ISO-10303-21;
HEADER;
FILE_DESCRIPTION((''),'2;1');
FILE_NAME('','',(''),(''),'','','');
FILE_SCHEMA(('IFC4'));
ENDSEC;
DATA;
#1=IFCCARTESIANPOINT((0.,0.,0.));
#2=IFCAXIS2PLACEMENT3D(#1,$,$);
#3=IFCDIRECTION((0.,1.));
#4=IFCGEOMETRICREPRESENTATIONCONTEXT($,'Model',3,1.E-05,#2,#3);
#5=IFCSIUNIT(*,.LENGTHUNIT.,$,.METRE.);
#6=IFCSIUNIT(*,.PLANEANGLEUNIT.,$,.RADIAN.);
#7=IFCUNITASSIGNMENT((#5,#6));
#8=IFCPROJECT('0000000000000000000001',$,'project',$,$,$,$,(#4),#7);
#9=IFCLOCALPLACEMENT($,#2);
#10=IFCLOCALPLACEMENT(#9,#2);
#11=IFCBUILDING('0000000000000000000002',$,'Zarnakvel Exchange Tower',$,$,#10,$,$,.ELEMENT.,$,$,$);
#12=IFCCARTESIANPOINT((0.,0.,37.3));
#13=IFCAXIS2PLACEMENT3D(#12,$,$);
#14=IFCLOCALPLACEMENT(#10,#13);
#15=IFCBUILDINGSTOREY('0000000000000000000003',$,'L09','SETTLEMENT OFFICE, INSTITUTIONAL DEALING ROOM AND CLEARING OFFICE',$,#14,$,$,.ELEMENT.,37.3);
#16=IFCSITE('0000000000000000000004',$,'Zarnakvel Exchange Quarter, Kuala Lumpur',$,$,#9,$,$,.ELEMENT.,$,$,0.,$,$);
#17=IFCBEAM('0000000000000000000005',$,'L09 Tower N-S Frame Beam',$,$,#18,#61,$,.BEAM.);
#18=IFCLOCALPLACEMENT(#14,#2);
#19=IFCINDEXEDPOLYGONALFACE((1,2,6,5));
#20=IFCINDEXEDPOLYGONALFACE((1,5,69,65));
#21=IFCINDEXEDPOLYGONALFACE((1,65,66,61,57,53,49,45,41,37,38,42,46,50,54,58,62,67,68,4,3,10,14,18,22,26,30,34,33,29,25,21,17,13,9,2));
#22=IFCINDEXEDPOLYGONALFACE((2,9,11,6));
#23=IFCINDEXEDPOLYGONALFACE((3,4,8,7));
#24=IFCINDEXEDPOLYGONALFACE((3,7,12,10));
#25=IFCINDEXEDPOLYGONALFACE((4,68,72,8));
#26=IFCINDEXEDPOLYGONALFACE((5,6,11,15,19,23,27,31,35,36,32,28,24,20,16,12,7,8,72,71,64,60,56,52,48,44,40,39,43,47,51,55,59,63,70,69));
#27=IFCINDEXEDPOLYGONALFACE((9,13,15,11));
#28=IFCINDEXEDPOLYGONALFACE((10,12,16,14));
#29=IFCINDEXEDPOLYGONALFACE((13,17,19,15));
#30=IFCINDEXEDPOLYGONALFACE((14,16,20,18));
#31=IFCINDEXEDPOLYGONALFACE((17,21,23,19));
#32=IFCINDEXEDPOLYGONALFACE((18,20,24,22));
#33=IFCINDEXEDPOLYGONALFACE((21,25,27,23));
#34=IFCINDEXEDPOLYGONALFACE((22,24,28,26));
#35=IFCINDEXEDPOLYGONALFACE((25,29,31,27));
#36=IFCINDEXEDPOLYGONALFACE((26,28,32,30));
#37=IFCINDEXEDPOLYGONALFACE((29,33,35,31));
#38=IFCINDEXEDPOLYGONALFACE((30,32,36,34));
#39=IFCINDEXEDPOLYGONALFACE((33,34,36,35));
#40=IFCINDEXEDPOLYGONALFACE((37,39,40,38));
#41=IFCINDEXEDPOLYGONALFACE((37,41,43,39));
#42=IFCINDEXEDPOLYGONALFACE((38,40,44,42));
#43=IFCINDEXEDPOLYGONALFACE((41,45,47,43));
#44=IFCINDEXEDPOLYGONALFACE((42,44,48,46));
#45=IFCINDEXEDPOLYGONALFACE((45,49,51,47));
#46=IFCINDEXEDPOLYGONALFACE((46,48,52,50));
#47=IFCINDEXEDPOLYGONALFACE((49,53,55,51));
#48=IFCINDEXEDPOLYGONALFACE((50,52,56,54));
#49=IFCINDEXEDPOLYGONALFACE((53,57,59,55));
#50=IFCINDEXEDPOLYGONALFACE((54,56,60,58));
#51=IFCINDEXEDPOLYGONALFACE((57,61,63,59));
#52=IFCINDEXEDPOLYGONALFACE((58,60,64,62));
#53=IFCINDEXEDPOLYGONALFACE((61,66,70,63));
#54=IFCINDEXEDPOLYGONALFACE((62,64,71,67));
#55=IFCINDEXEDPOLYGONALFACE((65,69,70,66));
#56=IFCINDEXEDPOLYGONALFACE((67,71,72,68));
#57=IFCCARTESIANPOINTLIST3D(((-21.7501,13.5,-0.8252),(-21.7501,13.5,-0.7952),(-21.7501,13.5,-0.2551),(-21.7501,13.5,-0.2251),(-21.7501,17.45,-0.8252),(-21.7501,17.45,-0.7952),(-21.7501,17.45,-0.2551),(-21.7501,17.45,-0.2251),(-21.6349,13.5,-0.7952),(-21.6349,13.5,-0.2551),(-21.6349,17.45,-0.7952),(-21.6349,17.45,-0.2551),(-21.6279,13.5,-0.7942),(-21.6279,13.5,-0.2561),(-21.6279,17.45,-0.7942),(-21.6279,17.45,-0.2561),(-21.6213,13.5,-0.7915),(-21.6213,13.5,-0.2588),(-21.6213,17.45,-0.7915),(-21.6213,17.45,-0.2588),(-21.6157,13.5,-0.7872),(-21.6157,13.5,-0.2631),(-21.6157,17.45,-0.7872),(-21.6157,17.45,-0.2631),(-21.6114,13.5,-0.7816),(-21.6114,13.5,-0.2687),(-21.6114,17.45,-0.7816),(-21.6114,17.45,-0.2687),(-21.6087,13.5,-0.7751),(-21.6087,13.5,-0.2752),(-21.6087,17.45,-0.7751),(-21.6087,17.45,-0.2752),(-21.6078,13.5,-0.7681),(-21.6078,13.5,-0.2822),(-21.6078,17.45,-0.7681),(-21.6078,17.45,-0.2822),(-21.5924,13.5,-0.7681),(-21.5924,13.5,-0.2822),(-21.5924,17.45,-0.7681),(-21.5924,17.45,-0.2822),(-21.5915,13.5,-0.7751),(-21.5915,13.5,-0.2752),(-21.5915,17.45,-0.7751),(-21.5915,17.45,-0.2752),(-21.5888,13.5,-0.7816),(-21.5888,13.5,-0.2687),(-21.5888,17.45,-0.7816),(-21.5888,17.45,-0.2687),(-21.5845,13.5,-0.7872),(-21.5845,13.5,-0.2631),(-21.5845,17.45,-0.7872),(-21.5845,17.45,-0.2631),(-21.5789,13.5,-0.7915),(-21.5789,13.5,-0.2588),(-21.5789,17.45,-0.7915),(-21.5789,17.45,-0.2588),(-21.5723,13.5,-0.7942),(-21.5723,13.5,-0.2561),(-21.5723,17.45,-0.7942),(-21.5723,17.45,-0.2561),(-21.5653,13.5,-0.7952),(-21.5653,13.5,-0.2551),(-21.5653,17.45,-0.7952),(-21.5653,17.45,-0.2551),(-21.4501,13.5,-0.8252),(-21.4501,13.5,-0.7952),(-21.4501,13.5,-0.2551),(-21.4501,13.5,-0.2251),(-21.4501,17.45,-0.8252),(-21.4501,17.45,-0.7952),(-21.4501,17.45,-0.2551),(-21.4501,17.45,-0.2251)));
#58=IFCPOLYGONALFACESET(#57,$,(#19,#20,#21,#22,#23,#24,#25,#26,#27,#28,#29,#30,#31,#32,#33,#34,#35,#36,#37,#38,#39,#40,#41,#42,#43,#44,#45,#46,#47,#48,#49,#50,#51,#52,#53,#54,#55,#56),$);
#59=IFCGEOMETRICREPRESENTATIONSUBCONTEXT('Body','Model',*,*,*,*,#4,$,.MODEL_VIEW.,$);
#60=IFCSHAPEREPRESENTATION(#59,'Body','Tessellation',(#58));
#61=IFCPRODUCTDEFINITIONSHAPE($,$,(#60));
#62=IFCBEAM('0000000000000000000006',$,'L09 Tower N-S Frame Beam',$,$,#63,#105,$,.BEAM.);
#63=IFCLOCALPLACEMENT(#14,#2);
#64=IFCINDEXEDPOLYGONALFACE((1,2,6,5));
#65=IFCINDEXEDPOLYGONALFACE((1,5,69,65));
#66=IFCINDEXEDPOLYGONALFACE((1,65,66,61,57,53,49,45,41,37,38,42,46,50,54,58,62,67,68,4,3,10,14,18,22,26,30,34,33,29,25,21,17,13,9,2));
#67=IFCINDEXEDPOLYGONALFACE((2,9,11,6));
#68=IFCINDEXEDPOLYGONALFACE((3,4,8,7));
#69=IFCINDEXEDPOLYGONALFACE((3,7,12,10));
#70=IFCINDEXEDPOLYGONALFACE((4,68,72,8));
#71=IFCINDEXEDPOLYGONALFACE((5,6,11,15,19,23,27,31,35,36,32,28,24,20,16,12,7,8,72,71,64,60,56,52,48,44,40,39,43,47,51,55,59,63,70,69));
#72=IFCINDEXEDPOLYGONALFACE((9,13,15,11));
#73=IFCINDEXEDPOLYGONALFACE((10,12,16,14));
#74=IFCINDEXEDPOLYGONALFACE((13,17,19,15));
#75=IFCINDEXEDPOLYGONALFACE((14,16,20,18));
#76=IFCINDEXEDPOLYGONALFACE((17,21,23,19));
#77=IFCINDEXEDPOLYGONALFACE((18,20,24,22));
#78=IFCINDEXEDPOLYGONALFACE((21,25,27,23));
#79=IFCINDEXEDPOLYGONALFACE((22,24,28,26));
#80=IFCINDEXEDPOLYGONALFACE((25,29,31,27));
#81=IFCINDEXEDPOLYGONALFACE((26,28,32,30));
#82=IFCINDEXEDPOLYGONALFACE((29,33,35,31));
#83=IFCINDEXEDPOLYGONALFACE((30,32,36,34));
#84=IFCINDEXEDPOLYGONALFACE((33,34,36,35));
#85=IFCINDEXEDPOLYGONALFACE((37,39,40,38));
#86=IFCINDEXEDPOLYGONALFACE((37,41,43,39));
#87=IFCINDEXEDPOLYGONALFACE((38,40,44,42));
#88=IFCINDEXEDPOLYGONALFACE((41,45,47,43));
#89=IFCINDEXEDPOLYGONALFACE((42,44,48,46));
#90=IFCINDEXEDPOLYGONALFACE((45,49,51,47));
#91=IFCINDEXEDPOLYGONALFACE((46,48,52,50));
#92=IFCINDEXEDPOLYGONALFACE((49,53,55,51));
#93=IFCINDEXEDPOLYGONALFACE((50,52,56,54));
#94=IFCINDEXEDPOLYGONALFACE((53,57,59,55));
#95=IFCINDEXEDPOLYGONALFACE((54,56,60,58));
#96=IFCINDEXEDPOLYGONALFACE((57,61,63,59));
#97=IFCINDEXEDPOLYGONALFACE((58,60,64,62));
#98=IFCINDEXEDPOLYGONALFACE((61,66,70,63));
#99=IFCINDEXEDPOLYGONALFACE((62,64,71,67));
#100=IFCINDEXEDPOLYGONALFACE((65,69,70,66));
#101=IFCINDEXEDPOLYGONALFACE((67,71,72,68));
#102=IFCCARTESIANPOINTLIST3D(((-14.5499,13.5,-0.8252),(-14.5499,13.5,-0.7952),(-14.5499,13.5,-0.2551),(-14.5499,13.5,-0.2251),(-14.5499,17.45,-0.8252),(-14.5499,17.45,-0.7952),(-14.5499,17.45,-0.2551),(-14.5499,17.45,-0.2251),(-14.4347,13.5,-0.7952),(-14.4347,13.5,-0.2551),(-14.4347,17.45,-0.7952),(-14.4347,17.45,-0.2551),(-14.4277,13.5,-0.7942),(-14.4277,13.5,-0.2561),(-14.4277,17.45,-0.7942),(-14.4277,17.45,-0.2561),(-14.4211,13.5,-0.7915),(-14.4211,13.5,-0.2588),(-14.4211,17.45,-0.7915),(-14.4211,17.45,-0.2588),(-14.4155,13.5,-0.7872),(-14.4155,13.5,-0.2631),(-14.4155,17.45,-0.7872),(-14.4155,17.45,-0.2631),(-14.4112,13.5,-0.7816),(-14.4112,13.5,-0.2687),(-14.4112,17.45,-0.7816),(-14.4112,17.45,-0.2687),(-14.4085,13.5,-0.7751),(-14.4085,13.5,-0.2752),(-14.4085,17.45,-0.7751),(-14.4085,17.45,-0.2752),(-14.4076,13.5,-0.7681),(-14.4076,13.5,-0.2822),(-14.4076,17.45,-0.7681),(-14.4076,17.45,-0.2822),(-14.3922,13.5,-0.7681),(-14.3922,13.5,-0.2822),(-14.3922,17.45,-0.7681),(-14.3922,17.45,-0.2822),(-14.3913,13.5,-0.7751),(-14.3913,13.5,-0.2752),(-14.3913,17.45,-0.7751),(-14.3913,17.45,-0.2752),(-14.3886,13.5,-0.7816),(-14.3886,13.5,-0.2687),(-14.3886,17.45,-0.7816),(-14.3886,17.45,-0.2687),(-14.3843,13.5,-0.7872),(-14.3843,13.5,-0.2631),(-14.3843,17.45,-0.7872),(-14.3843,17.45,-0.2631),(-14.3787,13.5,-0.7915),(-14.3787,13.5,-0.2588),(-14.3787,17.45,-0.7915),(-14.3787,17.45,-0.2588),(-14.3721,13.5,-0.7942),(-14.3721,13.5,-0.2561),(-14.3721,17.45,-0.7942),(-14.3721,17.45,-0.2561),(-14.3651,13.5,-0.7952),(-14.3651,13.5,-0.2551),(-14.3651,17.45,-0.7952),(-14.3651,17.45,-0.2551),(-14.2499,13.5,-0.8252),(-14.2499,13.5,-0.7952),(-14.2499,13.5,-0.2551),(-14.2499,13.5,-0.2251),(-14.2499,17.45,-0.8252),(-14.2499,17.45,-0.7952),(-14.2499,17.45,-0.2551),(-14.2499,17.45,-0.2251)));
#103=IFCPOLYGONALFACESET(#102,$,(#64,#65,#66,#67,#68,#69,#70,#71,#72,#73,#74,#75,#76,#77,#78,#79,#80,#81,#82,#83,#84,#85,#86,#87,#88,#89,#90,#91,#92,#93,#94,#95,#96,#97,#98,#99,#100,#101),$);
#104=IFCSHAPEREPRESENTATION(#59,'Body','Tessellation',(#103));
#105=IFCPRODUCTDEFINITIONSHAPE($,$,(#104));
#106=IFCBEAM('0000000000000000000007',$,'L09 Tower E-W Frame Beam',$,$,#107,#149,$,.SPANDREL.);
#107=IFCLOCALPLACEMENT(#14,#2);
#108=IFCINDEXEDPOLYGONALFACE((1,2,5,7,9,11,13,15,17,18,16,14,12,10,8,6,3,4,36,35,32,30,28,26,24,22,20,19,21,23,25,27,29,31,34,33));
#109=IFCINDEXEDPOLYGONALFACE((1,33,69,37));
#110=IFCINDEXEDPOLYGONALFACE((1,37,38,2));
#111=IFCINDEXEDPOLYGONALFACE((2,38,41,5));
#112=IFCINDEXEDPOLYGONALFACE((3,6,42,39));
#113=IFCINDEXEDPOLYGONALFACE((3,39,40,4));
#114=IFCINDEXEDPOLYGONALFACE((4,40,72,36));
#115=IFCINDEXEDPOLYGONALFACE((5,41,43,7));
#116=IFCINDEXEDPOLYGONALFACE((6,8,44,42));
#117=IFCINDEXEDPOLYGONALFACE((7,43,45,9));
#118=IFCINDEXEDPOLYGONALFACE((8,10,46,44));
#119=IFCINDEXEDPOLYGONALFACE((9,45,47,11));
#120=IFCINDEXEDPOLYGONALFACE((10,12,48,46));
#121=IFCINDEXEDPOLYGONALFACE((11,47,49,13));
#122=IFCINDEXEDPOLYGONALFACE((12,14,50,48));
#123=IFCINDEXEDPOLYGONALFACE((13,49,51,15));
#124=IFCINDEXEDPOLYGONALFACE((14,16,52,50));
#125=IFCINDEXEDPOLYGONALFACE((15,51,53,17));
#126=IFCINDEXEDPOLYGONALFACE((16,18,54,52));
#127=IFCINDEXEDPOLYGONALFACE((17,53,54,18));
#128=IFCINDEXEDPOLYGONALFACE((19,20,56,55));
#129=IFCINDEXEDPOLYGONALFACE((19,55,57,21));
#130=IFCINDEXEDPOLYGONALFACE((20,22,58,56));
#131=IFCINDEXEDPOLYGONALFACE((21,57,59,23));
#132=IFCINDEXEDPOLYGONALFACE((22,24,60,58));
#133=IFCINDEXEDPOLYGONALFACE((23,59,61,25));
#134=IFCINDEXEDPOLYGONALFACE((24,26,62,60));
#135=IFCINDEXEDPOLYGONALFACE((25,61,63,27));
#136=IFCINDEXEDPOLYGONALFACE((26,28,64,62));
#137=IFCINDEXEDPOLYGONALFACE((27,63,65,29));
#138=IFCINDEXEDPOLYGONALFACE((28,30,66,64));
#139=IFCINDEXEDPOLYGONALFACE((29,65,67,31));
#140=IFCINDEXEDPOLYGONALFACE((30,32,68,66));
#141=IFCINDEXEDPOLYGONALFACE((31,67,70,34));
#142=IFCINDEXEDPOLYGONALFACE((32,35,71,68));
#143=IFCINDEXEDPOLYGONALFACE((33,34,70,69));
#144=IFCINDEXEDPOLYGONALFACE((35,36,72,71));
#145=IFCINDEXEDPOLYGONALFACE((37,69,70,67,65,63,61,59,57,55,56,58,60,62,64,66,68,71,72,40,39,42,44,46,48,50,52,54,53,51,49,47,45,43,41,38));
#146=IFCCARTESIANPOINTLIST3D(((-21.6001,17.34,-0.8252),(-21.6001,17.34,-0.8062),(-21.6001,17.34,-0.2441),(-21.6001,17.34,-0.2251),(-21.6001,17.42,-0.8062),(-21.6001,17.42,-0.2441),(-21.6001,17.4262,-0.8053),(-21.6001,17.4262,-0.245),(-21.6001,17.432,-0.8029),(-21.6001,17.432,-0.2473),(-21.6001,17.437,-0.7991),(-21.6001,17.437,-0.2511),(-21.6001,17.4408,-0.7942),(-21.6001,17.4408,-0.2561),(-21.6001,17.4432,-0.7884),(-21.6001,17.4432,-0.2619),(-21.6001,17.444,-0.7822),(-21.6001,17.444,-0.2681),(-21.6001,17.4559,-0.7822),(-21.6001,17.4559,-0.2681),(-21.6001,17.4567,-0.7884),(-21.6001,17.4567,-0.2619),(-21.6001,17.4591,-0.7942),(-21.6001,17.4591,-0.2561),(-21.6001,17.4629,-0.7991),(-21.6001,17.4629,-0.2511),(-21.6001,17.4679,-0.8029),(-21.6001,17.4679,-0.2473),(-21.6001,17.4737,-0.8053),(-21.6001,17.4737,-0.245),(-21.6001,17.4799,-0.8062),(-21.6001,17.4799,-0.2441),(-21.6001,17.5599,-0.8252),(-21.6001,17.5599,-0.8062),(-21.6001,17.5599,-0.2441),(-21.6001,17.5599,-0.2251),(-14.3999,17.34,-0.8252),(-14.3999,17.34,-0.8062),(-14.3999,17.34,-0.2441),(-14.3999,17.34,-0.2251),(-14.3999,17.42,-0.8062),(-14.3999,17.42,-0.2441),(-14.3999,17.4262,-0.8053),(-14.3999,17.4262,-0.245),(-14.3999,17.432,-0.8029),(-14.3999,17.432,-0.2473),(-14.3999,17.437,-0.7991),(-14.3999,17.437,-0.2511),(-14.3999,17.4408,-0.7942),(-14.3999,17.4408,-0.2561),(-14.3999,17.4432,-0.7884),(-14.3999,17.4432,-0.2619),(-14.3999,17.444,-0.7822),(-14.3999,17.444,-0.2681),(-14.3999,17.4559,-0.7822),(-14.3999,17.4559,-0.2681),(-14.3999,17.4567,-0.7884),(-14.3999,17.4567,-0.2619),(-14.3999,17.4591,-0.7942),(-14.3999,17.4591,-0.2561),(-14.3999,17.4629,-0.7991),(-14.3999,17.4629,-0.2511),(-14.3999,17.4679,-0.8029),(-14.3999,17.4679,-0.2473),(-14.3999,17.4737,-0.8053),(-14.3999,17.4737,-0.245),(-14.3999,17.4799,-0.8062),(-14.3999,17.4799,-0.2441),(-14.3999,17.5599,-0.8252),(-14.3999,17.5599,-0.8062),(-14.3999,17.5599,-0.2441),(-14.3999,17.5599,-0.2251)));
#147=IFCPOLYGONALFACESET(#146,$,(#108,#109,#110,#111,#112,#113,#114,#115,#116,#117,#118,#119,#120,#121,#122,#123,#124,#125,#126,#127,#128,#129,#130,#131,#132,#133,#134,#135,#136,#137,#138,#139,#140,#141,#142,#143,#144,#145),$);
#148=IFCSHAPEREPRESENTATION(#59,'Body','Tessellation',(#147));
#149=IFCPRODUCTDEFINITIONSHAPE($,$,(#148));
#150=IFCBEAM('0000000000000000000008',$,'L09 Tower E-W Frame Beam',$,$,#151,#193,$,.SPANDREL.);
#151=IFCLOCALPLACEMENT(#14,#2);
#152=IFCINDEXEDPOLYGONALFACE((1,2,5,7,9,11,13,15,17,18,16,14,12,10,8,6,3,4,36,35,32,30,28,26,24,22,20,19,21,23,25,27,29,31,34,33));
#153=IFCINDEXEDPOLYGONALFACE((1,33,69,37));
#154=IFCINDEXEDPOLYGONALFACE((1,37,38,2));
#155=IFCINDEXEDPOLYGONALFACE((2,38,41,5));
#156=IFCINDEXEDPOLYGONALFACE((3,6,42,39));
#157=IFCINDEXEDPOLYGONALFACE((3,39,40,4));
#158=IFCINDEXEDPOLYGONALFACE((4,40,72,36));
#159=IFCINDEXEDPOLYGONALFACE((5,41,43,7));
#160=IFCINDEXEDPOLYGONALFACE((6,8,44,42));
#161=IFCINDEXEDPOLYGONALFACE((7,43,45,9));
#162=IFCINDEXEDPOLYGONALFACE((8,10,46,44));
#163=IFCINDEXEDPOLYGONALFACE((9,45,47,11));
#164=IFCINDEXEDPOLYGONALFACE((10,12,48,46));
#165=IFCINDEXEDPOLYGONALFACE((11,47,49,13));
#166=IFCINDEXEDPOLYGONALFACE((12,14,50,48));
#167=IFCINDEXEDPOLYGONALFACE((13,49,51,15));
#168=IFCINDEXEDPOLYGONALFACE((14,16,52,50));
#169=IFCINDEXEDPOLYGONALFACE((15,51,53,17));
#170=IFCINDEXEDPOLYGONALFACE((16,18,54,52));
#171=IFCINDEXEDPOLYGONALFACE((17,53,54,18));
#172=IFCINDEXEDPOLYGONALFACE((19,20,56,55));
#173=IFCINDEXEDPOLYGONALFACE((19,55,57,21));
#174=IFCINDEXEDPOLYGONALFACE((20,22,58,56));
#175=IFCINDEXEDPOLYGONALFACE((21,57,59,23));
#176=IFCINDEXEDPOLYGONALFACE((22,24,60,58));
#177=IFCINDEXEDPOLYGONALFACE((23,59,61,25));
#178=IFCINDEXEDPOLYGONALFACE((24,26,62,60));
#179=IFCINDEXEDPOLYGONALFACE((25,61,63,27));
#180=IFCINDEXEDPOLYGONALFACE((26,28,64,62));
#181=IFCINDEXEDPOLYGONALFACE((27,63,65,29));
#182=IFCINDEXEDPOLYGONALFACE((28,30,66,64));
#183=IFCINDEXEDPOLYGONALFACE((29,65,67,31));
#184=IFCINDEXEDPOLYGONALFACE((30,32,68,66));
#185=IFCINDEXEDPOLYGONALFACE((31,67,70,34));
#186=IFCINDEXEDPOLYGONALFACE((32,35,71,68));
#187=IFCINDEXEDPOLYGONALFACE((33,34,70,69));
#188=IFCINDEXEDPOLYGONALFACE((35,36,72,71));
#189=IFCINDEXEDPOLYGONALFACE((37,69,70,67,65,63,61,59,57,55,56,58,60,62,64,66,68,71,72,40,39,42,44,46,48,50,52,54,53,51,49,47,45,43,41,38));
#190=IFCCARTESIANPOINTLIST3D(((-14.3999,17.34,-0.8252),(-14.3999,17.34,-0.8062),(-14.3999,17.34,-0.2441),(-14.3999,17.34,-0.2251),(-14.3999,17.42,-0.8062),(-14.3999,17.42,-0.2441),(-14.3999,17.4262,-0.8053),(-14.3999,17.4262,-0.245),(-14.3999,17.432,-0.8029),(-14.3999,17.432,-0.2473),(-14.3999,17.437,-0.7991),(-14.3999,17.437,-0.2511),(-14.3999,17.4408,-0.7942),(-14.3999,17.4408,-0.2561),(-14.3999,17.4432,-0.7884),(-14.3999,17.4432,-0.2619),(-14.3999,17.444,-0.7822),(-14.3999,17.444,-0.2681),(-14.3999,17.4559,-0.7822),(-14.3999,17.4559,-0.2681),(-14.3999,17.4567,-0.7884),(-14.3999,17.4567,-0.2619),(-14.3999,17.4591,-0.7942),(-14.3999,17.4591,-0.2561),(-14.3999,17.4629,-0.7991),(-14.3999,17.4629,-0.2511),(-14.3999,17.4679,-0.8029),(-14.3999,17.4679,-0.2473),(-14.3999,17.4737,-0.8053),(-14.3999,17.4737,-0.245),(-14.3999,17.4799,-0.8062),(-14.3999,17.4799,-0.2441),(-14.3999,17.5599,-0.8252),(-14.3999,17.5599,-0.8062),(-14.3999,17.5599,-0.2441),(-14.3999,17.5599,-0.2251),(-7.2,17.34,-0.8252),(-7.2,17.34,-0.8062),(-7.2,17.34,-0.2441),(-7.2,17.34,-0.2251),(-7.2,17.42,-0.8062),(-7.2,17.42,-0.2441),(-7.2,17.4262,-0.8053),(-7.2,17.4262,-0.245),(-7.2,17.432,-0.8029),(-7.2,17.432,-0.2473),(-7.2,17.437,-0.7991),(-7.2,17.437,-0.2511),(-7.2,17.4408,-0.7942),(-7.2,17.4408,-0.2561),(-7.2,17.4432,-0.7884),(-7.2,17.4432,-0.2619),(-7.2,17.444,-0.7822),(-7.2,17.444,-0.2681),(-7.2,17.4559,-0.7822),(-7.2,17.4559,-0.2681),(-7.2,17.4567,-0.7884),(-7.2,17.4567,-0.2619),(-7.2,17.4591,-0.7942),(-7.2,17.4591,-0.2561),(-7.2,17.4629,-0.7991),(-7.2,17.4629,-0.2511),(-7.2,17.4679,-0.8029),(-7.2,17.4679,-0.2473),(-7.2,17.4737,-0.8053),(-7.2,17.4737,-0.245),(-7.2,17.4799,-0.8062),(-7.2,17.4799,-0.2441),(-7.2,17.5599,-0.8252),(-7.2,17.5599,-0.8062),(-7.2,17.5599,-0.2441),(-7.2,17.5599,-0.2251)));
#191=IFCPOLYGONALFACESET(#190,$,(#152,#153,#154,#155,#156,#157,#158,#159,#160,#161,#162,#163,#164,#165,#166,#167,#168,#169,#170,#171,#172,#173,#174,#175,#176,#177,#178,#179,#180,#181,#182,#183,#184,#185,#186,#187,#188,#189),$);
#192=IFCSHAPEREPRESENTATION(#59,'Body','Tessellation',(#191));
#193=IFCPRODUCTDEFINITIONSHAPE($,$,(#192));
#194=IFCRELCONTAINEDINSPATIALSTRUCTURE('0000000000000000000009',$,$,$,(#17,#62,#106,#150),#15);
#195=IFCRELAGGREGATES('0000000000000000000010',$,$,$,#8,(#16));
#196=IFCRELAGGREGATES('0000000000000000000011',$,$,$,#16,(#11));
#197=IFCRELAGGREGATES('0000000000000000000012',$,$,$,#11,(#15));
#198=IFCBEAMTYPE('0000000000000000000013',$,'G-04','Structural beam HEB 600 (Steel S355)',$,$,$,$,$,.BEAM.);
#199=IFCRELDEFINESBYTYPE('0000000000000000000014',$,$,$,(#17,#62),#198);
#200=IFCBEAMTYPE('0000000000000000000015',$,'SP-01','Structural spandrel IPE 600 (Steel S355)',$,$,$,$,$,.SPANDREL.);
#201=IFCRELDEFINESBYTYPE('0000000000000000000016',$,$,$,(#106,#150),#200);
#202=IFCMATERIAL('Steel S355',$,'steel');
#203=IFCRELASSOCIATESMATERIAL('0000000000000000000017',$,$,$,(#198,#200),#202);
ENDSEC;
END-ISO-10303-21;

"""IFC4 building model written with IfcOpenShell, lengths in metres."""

from ifc_helpers import new_model, si_unit, direction, frame, origin, origin_2d, place, context, subcontext, project, spatial, i_section, extrude, material, material_profile, profile_set, type_object, element, save


model = new_model("IFC4")

# Units and contexts
model_context = context("Model", 3, precision=1e-05, world=origin(), true_north=direction((0.0, 1.0)))
body_context = subcontext(model_context, "Body", "Model", "MODEL_VIEW")
ifc_project = project(units=[si_unit("LENGTHUNIT", "METRE"), si_unit("PLANEANGLEUNIT", "RADIAN")], contexts=[model_context])

# Site, building, storey
site_placement = place(None, origin())
site = spatial("IfcSite", under=ifc_project, at=site_placement, Name="Zarnakvel Exchange Quarter, Kuala Lumpur", CompositionType="ELEMENT", RefElevation=0.0)
building_placement = place(site_placement, origin())
building = spatial("IfcBuilding", under=site, at=building_placement, Name="Zarnakvel Exchange Tower", CompositionType="ELEMENT")
storey_placement = place(building_placement, frame((0.0, 0.0, 37.3)))
storey = spatial("IfcBuildingStorey", under=building, at=storey_placement, Name="L09", Description="SETTLEMENT OFFICE, INSTITUTIONAL DEALING ROOM AND CLEARING OFFICE", CompositionType="ELEMENT", Elevation=37.3)

# Beams
ifc_material_1 = material(Name="Steel S355", Category="steel")
ifc_material_profile_1 = material_profile(ifc_material_1, i_section(OverallWidth=0.3, OverallDepth=0.6001, WebThickness=0.0154, FlangeThickness=0.03, FilletRadius=0.0271, at=origin_2d()))
ifc_profile_set_1 = profile_set([ifc_material_profile_1], Name="Steel S355")
beam_type_1 = type_object("IfcBeamType", Name="G-04", Description="Structural beam HEB 600 (Steel S355)", PredefinedType="BEAM", material=ifc_profile_set_1)
for number, where, z_axis, x_axis, name in (
    (1, (-21.6001, 13.5, -0.5251), (0.0, 1.0, 0.0), (-1.0, 0.0, 0.0), "L09 Tower N-S Frame Beam"),
    (2, (-14.3999, 13.5, -0.5251), (0.0, 1.0, 0.0), (-1.0, 0.0, 0.0), "L09 Tower N-S Frame Beam"),
):
    element("IfcBeam", number, at=place(storey_placement, frame(where, z_axis=z_axis, x_axis=x_axis)), inside=storey, type_object=beam_type_1, Name=name, PredefinedType="BEAM", context=body_context, shape_type="SweptSolid", body=[
        extrude(i_section(OverallWidth=0.3, OverallDepth=0.6001, WebThickness=0.0154, FlangeThickness=0.03, FilletRadius=0.0271, at=origin_2d()), origin(), (0.0, 0.0, 1.0), 3.95),
    ])
ifc_material_profile_2 = material_profile(ifc_material_1, i_section(OverallWidth=0.22, OverallDepth=0.6001, WebThickness=0.012, FlangeThickness=0.019, FilletRadius=0.0239, at=origin_2d()))
ifc_profile_set_2 = profile_set([ifc_material_profile_2], Name="Steel S355")
beam_type_2 = type_object("IfcBeamType", Name="SP-01", Description="Structural spandrel IPE 600 (Steel S355)", PredefinedType="SPANDREL", material=ifc_profile_set_2)
beam_1_placement = place(storey_placement, frame((-21.6001, 17.45, -0.5251), z_axis=(1.0, 0.0, 0.0), x_axis=(0.0, 1.0, 0.0)))
element("IfcBeam", 3, at=beam_1_placement, inside=storey, type_object=beam_type_2, Name="L09 Tower E-W Frame Beam", PredefinedType="SPANDREL", context=body_context, shape_type="SweptSolid", body=[
    extrude(i_section(OverallWidth=0.22, OverallDepth=0.6001, WebThickness=0.012, FlangeThickness=0.019, FilletRadius=0.0239, at=origin_2d()), origin(), (0.0, 0.0, 1.0), 7.2002),
])
beam_2_placement = place(storey_placement, frame((-14.3999, 17.45, -0.5251), z_axis=(1.0, 0.0, 0.0), x_axis=(0.0, 1.0, 0.0)))
element("IfcBeam", 4, at=beam_2_placement, inside=storey, type_object=beam_type_2, Name="L09 Tower E-W Frame Beam", PredefinedType="SPANDREL", context=body_context, shape_type="SweptSolid", body=[
    extrude(i_section(OverallWidth=0.22, OverallDepth=0.6001, WebThickness=0.012, FlangeThickness=0.019, FilletRadius=0.0239, at=origin_2d()), origin(), (0.0, 0.0, 1.0), 7.2),
])

save(model, "model.ifc")
